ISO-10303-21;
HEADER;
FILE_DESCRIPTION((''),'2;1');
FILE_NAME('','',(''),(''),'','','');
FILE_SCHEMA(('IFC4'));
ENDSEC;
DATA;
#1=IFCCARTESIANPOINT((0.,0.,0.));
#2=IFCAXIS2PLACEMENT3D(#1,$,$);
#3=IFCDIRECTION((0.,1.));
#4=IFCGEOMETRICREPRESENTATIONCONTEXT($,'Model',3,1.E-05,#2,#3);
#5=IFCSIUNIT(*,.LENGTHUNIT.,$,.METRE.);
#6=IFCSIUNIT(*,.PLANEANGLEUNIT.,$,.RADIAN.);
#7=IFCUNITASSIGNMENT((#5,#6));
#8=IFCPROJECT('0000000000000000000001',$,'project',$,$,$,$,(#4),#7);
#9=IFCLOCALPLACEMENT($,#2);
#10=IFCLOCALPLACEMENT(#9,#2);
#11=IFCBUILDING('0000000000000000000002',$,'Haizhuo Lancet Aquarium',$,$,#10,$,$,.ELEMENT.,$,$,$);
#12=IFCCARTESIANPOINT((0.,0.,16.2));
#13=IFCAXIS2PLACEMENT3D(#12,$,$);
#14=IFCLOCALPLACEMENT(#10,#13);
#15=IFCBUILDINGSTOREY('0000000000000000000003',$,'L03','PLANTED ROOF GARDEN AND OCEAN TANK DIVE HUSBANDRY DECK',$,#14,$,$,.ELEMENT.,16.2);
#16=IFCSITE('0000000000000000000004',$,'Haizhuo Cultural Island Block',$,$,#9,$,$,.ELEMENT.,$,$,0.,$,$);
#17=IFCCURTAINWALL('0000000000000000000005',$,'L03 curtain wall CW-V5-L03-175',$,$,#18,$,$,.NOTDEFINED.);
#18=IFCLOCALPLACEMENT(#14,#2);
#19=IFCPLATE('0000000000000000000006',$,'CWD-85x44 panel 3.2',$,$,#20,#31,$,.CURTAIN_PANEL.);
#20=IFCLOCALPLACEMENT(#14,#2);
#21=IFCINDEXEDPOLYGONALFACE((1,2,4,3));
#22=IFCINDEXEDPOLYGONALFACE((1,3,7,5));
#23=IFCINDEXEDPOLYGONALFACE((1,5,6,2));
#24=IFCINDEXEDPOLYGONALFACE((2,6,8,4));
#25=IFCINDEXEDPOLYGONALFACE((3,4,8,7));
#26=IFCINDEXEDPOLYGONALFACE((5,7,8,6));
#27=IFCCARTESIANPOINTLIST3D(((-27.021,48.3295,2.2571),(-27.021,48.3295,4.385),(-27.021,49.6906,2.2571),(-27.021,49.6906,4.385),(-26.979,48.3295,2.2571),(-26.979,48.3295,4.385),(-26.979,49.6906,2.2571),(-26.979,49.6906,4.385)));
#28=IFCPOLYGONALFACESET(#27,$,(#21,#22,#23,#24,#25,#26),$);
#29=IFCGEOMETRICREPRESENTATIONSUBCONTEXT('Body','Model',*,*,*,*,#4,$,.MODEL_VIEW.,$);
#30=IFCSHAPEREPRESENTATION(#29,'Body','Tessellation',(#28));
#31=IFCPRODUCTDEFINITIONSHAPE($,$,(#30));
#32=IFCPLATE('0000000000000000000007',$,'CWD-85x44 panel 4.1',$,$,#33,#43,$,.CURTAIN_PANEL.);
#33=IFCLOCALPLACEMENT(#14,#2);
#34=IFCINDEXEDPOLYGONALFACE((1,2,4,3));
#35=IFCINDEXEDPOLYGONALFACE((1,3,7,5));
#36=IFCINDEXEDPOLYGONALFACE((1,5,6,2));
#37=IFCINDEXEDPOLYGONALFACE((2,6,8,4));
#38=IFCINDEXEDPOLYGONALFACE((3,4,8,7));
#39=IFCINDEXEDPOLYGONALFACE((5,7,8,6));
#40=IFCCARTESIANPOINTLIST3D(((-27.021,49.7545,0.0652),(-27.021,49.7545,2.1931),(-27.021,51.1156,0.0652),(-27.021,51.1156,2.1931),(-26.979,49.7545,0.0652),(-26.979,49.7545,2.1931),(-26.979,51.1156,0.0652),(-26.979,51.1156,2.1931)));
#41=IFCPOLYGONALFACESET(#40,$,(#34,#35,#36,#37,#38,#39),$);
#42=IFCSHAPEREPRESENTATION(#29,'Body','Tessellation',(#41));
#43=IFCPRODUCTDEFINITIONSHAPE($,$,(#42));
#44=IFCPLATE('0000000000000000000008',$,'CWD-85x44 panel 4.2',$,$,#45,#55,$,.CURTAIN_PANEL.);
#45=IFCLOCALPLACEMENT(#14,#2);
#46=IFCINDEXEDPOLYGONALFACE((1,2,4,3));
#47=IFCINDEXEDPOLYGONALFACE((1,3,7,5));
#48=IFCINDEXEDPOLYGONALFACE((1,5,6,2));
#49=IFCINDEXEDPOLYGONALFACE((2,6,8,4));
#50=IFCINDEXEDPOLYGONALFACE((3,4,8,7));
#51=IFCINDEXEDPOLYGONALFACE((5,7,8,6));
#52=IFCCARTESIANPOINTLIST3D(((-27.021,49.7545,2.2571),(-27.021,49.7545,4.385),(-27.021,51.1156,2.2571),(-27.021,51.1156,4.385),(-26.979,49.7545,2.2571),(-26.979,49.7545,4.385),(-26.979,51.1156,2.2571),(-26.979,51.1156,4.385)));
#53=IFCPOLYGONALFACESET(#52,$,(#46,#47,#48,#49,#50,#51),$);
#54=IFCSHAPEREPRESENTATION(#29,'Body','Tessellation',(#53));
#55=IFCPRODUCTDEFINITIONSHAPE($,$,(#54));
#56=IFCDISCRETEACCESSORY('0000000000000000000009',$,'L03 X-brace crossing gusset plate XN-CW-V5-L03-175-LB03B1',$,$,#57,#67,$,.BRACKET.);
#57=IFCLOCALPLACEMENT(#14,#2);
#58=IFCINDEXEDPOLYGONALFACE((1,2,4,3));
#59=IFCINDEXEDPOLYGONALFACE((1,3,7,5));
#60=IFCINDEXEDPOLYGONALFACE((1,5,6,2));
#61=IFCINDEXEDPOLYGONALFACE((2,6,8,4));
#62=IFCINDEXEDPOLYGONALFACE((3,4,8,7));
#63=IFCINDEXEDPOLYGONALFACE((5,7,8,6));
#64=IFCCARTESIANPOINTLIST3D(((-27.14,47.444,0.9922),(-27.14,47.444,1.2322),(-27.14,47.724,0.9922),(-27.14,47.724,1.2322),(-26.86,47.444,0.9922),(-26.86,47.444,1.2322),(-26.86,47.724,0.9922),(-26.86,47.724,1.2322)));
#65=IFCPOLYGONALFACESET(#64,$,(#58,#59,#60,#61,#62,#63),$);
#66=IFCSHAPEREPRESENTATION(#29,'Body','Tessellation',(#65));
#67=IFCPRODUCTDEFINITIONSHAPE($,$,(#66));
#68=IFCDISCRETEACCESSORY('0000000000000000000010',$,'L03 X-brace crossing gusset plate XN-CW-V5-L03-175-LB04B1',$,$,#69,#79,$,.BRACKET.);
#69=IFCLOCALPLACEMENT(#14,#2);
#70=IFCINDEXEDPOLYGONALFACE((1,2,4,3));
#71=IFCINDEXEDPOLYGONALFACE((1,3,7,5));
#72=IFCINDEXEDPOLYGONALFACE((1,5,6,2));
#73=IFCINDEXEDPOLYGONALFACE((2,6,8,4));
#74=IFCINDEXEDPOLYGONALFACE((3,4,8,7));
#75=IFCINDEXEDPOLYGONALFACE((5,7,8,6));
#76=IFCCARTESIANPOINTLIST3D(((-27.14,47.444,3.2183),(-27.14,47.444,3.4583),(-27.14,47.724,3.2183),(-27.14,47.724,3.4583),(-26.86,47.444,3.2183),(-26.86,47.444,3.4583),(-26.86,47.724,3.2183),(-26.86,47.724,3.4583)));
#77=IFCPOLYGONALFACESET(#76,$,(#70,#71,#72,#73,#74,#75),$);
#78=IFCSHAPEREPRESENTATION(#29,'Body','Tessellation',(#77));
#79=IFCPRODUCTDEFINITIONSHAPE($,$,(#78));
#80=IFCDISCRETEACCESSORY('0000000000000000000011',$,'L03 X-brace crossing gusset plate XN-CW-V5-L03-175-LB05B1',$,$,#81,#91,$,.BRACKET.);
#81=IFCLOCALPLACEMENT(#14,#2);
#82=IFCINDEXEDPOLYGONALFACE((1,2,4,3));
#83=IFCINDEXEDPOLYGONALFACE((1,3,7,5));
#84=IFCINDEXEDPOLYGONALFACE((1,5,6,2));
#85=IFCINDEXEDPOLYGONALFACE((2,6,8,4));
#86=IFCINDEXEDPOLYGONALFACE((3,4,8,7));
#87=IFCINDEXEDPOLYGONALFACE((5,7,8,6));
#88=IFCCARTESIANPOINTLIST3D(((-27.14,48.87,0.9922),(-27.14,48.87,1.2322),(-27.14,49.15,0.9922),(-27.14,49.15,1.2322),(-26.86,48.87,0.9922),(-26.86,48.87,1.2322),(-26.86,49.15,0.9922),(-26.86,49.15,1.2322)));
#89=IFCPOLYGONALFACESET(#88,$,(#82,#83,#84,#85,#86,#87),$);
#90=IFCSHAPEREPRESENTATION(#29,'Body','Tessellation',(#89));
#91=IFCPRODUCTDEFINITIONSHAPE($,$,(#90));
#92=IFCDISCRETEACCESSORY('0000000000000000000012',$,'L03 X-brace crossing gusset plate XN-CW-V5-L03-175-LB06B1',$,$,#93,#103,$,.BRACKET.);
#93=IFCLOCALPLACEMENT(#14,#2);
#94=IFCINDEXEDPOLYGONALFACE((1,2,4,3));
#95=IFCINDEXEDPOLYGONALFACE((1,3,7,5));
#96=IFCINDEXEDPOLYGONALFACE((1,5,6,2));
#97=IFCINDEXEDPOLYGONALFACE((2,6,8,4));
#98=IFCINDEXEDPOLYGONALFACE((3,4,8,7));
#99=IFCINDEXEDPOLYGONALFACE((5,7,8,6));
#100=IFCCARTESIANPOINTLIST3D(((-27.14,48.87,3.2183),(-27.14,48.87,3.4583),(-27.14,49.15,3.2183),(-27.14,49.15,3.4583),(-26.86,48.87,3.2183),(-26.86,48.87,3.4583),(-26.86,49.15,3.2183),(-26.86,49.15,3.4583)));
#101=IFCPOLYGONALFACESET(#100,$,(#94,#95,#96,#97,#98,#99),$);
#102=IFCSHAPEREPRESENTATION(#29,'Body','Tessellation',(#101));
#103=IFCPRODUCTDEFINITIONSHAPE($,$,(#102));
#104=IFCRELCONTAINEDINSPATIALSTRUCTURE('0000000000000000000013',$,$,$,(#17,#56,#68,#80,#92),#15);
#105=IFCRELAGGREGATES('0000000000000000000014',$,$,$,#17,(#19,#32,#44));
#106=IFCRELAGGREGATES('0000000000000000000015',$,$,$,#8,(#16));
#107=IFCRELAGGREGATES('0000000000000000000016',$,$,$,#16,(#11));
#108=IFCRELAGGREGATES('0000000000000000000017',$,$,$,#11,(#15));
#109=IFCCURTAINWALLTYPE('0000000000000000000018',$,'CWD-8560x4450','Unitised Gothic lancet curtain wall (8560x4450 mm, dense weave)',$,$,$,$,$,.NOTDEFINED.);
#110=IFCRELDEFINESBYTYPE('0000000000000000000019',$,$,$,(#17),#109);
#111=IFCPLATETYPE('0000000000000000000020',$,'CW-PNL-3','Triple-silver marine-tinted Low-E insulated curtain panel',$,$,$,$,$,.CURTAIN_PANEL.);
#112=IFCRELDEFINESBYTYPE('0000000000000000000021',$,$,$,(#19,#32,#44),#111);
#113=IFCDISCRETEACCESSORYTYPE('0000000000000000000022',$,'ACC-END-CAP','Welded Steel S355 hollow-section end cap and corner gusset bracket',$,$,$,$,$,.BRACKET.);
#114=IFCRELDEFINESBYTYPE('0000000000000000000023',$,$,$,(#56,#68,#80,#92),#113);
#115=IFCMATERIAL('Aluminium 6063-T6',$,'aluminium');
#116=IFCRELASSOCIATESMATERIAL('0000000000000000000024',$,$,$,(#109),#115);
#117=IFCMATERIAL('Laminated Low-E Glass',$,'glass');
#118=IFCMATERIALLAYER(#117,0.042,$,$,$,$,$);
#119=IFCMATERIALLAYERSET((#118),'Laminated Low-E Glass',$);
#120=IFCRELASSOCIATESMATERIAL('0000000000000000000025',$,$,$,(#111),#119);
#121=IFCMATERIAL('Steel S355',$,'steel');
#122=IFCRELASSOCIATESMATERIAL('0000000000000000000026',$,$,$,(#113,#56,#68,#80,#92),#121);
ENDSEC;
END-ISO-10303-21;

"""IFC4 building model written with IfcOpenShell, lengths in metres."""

from ifc_helpers import new_model, si_unit, direction, frame, origin, origin_2d, place, context, subcontext, project, spatial, rectangle, extrude, material, layer, layer_set, type_object, element, aggregate, save


model = new_model("IFC4")

# Units and contexts
model_context = context("Model", 3, precision=1e-05, world=origin(), true_north=direction((0.0, 1.0)))
body_context = subcontext(model_context, "Body", "Model", "MODEL_VIEW")
ifc_project = project(units=[si_unit("LENGTHUNIT", "METRE"), si_unit("PLANEANGLEUNIT", "RADIAN")], contexts=[model_context])

# Site, building, storey
site_placement = place(None, origin())
site = spatial("IfcSite", under=ifc_project, at=site_placement, Name="Haizhuo Cultural Island Block", CompositionType="ELEMENT", RefElevation=0.0)
building_placement = place(site_placement, origin())
building = spatial("IfcBuilding", under=site, at=building_placement, Name="Haizhuo Lancet Aquarium", CompositionType="ELEMENT")
storey_placement = place(building_placement, frame((0.0, 0.0, 16.2)))
storey = spatial("IfcBuildingStorey", under=building, at=storey_placement, Name="L03", Description="PLANTED ROOF GARDEN AND OCEAN TANK DIVE HUSBANDRY DECK", CompositionType="ELEMENT", Elevation=16.2)

# Curtain wall
ifc_material_1 = material(Name="Aluminium 6063-T6", Category="aluminium")
curtain_wall_type = type_object("IfcCurtainWallType", Name="CWD-8560x4450", Description="Unitised Gothic lancet curtain wall (8560x4450 mm, dense weave)", PredefinedType="NOTDEFINED", material=ifc_material_1)
curtain_wall_placement = place(storey_placement, origin())
curtain_wall = element("IfcCurtainWall", 1, at=curtain_wall_placement, inside=storey, type_object=curtain_wall_type, Name="L03 curtain wall CW-V5-L03-175", PredefinedType="NOTDEFINED")

# Shared definitions
ifc_material_2 = material(Name="Steel S355", Category="steel")

# Plates
ifc_material_3 = material(Name="Laminated Low-E Glass", Category="glass")
ifc_layer = layer(ifc_material_3, 0.042)
ifc_layer_set = layer_set([ifc_layer], Name="Laminated Low-E Glass")
plate_type = type_object("IfcPlateType", Name="CW-PNL-3", Description="Triple-silver marine-tinted Low-E insulated curtain panel", PredefinedType="CURTAIN_PANEL", material=ifc_layer_set)
plate_1_placement = place(storey_placement, frame((-27.0, 49.01, 2.2571), z_axis=(0.0, 0.0, 1.0), x_axis=(0.0, 1.0, 0.0)))
plate_1 = element("IfcPlate", 2, at=plate_1_placement, type_object=plate_type, Name="CWD-85x44 panel 3.2", PredefinedType="CURTAIN_PANEL", context=body_context, shape_type="SweptSolid", body=[
    extrude(rectangle(XDim=1.3611, YDim=0.042, at=origin_2d()), origin(), (0.0, 0.0, 1.0), 2.1279),
])
plate_2_placement = place(storey_placement, frame((-27.0, 50.4351, 0.0652), z_axis=(0.0, 0.0, 1.0), x_axis=(0.0, 1.0, 0.0)))
plate_2 = element("IfcPlate", 3, at=plate_2_placement, type_object=plate_type, Name="CWD-85x44 panel 4.1", PredefinedType="CURTAIN_PANEL", context=body_context, shape_type="SweptSolid", body=[
    extrude(rectangle(XDim=1.3611, YDim=0.042, at=origin_2d()), origin(), (0.0, 0.0, 1.0), 2.1279),
])
plate_3_placement = place(storey_placement, frame((-27.0, 50.4351, 2.2571), z_axis=(0.0, 0.0, 1.0), x_axis=(0.0, 1.0, 0.0)))
plate_3 = element("IfcPlate", 4, at=plate_3_placement, type_object=plate_type, Name="CWD-85x44 panel 4.2", PredefinedType="CURTAIN_PANEL", context=body_context, shape_type="SweptSolid", body=[
    extrude(rectangle(XDim=1.3611, YDim=0.042, at=origin_2d()), origin(), (0.0, 0.0, 1.0), 2.1279),
])
aggregate(curtain_wall, [plate_1, plate_2, plate_3])

# Discrete accessories
discrete_accessory_type = type_object("IfcDiscreteAccessoryType", Name="ACC-END-CAP", Description="Welded Steel S355 hollow-section end cap and corner gusset bracket", PredefinedType="BRACKET", material=ifc_material_2)
for number, where, z_axis, x_axis, name in (
    (5, (-27.0, 47.584, 0.9922), (0.0, 0.0, 1.0), (1.0, 0.0, 0.0), "L03 X-brace crossing gusset plate XN-CW-V5-L03-175-LB03B1"),
    (6, (-27.0, 47.584, 3.2183), (0.0, 0.0, 1.0), (1.0, 0.0, 0.0), "L03 X-brace crossing gusset plate XN-CW-V5-L03-175-LB04B1"),
    (7, (-27.0, 49.01, 0.9922), (0.0, 0.0, 1.0), (1.0, 0.0, 0.0), "L03 X-brace crossing gusset plate XN-CW-V5-L03-175-LB05B1"),
    (8, (-27.0, 49.01, 3.2183), (0.0, 0.0, 1.0), (1.0, 0.0, 0.0), "L03 X-brace crossing gusset plate XN-CW-V5-L03-175-LB06B1"),
):
    element("IfcDiscreteAccessory", number, at=place(storey_placement, frame(where, z_axis=z_axis, x_axis=x_axis)), inside=storey, type_object=discrete_accessory_type, material=ifc_material_2, Name=name, PredefinedType="BRACKET", context=body_context, shape_type="SweptSolid", body=[
        extrude(rectangle(XDim=0.28, YDim=0.28, at=origin_2d()), origin(), (0.0, 0.0, 1.0), 0.24),
    ])

save(model, "model.ifc")
